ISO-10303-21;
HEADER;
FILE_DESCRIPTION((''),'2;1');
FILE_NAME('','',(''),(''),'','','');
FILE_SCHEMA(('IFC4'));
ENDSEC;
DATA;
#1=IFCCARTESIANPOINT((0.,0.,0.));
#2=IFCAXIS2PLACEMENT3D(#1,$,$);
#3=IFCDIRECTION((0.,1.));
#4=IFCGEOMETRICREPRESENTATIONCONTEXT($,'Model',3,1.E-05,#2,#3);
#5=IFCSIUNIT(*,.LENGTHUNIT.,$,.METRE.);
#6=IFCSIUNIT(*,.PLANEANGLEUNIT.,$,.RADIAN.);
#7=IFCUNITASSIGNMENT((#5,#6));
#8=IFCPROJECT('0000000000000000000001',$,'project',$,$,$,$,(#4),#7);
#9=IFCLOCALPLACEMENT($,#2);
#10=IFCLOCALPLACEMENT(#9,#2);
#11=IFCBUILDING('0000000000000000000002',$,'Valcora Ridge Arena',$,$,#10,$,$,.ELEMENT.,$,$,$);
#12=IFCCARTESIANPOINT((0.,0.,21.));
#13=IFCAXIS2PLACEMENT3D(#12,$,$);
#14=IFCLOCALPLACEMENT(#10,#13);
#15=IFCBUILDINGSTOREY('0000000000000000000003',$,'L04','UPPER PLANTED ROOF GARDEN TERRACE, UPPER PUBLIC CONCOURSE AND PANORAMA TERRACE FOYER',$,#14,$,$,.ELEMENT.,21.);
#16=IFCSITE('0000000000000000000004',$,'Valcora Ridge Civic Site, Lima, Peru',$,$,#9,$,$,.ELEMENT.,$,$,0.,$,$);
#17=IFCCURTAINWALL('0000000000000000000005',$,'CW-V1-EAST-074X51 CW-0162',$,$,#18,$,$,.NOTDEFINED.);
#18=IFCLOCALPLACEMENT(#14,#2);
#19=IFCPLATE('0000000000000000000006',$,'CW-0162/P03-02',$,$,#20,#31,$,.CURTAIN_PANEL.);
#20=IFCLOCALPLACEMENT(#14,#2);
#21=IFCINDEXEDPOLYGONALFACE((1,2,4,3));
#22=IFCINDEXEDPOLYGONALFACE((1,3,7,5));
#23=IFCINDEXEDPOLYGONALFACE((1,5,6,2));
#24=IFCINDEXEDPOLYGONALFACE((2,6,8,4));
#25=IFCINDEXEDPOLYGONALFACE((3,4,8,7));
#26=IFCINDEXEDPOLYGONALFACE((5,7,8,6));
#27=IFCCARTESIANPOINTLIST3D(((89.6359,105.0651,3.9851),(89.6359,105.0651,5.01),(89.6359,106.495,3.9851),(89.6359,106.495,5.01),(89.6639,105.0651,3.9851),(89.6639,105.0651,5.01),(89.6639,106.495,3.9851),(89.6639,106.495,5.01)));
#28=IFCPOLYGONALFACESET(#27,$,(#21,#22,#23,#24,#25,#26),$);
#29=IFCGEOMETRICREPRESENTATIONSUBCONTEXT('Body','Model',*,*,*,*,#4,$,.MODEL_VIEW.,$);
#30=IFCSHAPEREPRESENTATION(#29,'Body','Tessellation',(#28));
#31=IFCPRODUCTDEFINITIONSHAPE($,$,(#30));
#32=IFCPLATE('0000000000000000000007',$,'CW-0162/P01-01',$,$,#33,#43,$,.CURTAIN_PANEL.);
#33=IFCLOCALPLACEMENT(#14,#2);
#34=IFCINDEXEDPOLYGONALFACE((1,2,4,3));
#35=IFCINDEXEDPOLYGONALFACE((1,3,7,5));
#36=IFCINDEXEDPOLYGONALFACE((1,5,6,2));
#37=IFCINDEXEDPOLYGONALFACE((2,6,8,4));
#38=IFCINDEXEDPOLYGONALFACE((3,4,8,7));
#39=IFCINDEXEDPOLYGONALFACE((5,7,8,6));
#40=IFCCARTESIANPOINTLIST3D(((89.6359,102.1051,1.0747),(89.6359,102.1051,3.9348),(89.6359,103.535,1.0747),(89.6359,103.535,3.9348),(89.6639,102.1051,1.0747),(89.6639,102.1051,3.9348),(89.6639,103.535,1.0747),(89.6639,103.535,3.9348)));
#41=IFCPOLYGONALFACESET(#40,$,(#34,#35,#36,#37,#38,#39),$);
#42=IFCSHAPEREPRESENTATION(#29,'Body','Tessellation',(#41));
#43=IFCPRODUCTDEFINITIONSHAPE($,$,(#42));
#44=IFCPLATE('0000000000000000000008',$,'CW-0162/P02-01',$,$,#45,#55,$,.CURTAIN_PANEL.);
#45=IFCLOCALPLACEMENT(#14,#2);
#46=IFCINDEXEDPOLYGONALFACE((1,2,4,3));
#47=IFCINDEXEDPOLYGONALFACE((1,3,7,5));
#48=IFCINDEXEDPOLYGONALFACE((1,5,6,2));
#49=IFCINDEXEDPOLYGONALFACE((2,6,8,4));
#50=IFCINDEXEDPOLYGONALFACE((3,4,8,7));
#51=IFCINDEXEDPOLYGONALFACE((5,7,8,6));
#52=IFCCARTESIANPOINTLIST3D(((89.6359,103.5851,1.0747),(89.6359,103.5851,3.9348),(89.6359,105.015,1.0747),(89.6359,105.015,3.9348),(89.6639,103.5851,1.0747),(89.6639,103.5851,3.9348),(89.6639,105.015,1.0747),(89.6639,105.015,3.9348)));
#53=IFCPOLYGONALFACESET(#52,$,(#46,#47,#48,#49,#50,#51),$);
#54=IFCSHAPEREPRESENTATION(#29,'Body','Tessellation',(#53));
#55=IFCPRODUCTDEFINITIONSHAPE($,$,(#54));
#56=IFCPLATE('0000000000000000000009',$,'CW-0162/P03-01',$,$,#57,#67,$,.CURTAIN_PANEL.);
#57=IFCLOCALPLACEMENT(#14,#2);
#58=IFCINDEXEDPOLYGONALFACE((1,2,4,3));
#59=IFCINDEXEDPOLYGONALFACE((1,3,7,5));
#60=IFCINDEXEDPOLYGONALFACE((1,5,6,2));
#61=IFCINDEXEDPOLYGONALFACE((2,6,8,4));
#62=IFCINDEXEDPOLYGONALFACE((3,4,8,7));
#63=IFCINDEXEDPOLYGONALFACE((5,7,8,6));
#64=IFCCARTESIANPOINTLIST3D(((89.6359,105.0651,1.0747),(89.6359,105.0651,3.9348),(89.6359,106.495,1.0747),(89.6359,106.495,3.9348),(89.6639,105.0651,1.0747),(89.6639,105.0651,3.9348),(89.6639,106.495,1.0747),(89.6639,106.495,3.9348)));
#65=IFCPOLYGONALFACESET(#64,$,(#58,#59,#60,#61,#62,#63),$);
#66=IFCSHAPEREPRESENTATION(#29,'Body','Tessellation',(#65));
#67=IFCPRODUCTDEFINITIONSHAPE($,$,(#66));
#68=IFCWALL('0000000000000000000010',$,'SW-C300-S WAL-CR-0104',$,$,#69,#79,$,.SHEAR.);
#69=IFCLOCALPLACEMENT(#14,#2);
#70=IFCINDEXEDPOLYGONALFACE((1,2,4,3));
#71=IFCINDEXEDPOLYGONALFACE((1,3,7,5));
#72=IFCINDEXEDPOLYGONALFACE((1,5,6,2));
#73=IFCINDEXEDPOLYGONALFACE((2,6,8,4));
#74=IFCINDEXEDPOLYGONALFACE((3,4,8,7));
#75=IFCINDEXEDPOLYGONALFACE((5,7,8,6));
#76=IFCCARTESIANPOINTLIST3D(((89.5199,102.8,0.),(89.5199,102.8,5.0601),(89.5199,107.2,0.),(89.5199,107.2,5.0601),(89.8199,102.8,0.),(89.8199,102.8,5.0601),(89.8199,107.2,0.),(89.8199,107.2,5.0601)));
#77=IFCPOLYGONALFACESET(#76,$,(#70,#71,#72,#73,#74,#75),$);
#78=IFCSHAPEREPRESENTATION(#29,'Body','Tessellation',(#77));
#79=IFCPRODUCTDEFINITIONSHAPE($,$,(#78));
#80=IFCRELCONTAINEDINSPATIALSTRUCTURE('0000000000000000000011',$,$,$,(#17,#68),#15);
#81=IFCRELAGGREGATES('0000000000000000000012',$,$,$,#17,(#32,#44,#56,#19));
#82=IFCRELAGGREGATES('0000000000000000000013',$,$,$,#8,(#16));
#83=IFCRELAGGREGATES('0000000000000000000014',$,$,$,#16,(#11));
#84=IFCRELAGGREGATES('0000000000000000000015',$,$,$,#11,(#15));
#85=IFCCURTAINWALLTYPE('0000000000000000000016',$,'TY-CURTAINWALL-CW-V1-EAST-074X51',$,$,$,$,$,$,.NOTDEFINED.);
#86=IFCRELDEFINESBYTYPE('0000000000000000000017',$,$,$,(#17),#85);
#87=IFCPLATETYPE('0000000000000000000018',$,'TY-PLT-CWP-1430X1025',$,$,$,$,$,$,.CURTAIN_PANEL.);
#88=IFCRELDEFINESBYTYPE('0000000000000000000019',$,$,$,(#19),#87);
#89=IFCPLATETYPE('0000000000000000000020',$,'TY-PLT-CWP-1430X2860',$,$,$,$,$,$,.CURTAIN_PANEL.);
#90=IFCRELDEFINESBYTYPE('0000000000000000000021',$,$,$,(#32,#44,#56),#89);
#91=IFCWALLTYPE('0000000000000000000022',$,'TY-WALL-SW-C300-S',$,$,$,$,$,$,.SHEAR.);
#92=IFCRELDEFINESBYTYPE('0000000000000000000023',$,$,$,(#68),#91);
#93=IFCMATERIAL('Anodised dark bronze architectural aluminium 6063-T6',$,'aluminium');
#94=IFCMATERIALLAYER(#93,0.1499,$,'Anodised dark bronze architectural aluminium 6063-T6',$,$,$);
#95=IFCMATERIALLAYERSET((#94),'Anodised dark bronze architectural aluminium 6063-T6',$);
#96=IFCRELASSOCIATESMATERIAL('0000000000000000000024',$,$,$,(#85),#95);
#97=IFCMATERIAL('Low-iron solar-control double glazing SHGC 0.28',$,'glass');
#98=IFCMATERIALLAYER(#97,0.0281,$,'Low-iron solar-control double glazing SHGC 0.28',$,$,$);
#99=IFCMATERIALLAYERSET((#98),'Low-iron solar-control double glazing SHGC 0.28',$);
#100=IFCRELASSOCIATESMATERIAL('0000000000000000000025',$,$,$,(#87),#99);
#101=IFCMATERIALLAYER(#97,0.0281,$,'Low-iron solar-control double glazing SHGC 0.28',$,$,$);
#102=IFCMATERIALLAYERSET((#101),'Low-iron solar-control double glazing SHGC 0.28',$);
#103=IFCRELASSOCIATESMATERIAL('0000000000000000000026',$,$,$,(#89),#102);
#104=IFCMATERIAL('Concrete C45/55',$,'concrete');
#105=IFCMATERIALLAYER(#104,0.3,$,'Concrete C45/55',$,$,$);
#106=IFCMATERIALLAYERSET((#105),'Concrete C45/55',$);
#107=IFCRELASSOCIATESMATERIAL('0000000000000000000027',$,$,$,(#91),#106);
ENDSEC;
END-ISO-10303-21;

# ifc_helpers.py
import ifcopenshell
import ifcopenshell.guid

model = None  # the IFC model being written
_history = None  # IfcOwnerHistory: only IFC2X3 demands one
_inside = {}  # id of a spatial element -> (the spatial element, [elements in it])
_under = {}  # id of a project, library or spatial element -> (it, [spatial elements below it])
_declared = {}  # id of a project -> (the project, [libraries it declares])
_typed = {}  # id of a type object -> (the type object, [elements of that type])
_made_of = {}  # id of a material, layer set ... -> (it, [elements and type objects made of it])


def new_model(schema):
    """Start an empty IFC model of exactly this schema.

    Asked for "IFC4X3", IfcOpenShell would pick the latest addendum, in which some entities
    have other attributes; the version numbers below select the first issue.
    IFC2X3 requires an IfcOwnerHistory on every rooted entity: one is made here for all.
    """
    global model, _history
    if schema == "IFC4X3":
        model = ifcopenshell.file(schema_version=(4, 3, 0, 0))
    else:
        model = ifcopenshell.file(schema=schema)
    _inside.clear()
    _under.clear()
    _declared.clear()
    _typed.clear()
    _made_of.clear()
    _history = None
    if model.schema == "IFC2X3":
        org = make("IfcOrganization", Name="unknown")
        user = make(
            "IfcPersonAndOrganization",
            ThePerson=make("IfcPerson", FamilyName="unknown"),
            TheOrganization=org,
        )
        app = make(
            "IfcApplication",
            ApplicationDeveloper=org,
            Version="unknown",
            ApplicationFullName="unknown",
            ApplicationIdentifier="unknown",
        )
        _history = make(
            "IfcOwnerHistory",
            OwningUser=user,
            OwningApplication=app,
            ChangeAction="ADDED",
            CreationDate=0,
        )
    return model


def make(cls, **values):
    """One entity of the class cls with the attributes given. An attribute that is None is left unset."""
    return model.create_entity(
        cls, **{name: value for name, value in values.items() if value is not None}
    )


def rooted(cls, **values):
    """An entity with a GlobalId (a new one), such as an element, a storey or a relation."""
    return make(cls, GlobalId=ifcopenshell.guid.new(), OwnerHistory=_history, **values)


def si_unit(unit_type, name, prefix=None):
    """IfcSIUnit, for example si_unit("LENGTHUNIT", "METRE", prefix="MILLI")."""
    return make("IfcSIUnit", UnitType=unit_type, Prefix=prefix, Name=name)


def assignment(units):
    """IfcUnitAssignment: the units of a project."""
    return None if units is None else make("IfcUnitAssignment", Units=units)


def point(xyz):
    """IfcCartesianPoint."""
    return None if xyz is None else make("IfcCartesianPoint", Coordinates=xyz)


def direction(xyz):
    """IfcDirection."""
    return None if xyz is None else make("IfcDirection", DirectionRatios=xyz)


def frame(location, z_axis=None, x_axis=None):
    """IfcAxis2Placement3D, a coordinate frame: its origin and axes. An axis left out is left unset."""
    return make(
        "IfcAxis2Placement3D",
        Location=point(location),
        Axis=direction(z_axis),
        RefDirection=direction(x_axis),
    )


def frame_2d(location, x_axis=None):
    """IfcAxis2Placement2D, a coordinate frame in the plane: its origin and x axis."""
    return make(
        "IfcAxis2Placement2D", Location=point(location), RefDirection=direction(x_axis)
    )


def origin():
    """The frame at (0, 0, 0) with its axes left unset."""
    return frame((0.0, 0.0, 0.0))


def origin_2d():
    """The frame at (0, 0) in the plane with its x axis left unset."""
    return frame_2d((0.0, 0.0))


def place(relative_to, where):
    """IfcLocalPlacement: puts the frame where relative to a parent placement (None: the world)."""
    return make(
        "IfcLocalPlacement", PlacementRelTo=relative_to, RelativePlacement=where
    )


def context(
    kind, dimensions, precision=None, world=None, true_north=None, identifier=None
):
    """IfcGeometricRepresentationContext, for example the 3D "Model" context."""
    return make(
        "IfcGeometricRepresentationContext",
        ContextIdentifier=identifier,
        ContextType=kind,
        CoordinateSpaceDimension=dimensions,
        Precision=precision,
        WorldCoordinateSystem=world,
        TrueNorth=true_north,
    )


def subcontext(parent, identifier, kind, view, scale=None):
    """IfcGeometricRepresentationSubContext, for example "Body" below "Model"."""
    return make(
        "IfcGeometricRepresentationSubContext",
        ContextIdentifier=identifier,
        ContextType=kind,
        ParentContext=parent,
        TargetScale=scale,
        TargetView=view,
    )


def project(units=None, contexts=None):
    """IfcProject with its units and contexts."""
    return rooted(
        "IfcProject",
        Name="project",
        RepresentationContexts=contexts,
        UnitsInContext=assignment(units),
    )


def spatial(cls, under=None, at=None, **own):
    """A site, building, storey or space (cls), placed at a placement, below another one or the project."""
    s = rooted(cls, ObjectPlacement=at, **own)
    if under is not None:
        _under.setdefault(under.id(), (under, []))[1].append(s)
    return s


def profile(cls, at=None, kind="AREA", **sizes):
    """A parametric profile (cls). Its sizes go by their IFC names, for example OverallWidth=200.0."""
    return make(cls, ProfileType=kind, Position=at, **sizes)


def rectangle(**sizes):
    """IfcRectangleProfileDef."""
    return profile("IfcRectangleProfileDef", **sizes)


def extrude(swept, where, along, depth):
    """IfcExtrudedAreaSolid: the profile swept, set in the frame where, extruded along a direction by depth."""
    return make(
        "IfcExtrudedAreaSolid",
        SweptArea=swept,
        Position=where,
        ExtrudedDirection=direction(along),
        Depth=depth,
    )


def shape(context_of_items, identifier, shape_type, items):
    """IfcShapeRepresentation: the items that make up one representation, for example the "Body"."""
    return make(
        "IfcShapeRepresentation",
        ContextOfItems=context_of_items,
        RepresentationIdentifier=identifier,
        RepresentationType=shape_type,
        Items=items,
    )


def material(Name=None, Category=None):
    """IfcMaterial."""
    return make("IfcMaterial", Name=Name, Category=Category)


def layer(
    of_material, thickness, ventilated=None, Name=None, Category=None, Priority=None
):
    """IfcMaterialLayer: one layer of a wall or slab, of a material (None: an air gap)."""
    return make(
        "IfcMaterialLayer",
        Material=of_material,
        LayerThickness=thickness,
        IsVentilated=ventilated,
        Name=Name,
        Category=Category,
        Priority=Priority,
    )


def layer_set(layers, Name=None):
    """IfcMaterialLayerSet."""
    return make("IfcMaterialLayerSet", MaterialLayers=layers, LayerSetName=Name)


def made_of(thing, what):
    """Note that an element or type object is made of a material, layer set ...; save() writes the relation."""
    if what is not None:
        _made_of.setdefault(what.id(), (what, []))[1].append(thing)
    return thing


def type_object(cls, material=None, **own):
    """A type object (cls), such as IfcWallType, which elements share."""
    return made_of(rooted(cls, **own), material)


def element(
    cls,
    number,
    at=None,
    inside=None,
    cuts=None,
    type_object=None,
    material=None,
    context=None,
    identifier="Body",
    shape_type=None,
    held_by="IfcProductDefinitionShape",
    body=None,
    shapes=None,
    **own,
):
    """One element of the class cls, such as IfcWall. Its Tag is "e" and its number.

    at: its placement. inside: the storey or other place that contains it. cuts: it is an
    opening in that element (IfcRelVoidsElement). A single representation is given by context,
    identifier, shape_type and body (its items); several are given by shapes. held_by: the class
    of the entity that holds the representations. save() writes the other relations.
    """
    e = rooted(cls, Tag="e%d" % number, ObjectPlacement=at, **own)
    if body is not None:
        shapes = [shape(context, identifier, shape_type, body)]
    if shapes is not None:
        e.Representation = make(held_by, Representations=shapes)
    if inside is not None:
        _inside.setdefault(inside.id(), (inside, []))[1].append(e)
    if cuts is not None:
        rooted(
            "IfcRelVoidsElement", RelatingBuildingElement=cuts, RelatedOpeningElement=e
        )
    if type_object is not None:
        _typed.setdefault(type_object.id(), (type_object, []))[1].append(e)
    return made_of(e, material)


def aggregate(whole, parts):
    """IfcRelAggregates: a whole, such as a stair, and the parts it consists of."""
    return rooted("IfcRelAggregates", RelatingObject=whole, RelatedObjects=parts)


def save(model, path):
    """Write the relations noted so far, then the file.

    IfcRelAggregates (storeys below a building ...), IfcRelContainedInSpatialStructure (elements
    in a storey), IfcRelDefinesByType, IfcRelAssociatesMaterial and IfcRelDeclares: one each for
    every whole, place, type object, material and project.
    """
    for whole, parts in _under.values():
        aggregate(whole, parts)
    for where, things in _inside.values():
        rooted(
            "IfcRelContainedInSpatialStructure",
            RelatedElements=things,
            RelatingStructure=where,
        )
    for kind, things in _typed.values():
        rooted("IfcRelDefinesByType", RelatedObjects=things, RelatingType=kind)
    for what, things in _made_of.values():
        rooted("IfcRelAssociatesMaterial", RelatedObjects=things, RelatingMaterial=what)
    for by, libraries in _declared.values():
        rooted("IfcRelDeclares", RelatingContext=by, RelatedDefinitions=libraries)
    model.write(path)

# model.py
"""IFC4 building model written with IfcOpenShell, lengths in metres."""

from ifc_helpers import new_model, si_unit, direction, frame, frame_2d, origin, origin_2d, place, context, subcontext, project, spatial, rectangle, extrude, material, layer, layer_set, type_object, element, aggregate, save


model = new_model("IFC4")

# Units and contexts
model_context = context("Model", 3, precision=1e-05, world=origin(), true_north=direction((0.0, 1.0)))
body_context = subcontext(model_context, "Body", "Model", "MODEL_VIEW")
ifc_project = project(units=[si_unit("LENGTHUNIT", "METRE"), si_unit("PLANEANGLEUNIT", "RADIAN")], contexts=[model_context])

# Site, building, storey
site_placement = place(None, origin())
site = spatial("IfcSite", under=ifc_project, at=site_placement, Name="Valcora Ridge Civic Site, Lima, Peru", CompositionType="ELEMENT", RefElevation=0.0)
building_placement = place(site_placement, origin())
building = spatial("IfcBuilding", under=site, at=building_placement, Name="Valcora Ridge Arena", CompositionType="ELEMENT")
storey_placement = place(building_placement, frame((0.0, 0.0, 21.0)))
storey = spatial("IfcBuildingStorey", under=building, at=storey_placement, Name="L04", Description="UPPER PLANTED ROOF GARDEN TERRACE, UPPER PUBLIC CONCOURSE AND PANORAMA TERRACE FOYER", CompositionType="ELEMENT", Elevation=21.0)

# Curtain wall
ifc_material_1 = material(Name="Anodised dark bronze architectural aluminium 6063-T6", Category="aluminium")
ifc_layer_1 = layer(ifc_material_1, 0.1499, Name="Anodised dark bronze architectural aluminium 6063-T6")
ifc_layer_set_1 = layer_set([ifc_layer_1], Name="Anodised dark bronze architectural aluminium 6063-T6")
curtain_wall_type_1 = type_object("IfcCurtainWallType", Name="TY-CURTAINWALL-CW-V1-EAST-074X51", PredefinedType="NOTDEFINED", material=ifc_layer_set_1)
curtain_wall_1_placement = place(storey_placement, origin())
curtain_wall_1 = element("IfcCurtainWall", 1, at=curtain_wall_1_placement, inside=storey, type_object=curtain_wall_type_1, Name="CW-V1-EAST-074X51 CW-0162", PredefinedType="NOTDEFINED")

# Plates
ifc_material_2 = material(Name="Low-iron solar-control double glazing SHGC 0.28", Category="glass")
ifc_layer_2 = layer(ifc_material_2, 0.0281, Name="Low-iron solar-control double glazing SHGC 0.28")
ifc_layer_set_2 = layer_set([ifc_layer_2], Name="Low-iron solar-control double glazing SHGC 0.28")
plate_type_1 = type_object("IfcPlateType", Name="TY-PLT-CWP-1430X1025", PredefinedType="CURTAIN_PANEL", material=ifc_layer_set_2)
plate_1_placement = place(storey_placement, frame((89.6499, 105.78, 3.9851), z_axis=(0.0, 0.0, 1.0), x_axis=(0.0, 1.0, 0.0)))
plate_1 = element("IfcPlate", 2, at=plate_1_placement, type_object=plate_type_1, Name="CW-0162/P03-02", PredefinedType="CURTAIN_PANEL", context=body_context, shape_type="SweptSolid", body=[
    extrude(rectangle(XDim=1.4299, YDim=0.0281, at=origin_2d()), origin(), (0.0, 0.0, 1.0), 1.0249),
])
ifc_layer_3 = layer(ifc_material_2, 0.0281, Name="Low-iron solar-control double glazing SHGC 0.28")
ifc_layer_set_3 = layer_set([ifc_layer_3], Name="Low-iron solar-control double glazing SHGC 0.28")
plate_type_2 = type_object("IfcPlateType", Name="TY-PLT-CWP-1430X2860", PredefinedType="CURTAIN_PANEL", material=ifc_layer_set_3)
plate_2_placement = place(storey_placement, frame((89.6499, 102.8201, 1.0747), z_axis=(0.0, 0.0, 1.0), x_axis=(0.0, 1.0, 0.0)))
plate_2 = element("IfcPlate", 3, at=plate_2_placement, type_object=plate_type_2, Name="CW-0162/P01-01", PredefinedType="CURTAIN_PANEL", context=body_context, shape_type="SweptSolid", body=[
    extrude(rectangle(XDim=1.4299, YDim=0.0281, at=origin_2d()), origin(), (0.0, 0.0, 1.0), 2.8601),
])
plate_3_placement = place(storey_placement, frame((89.6499, 104.3, 1.0747), z_axis=(0.0, 0.0, 1.0), x_axis=(0.0, 1.0, 0.0)))
plate_3 = element("IfcPlate", 4, at=plate_3_placement, type_object=plate_type_2, Name="CW-0162/P02-01", PredefinedType="CURTAIN_PANEL", context=body_context, shape_type="SweptSolid", body=[
    extrude(rectangle(XDim=1.4299, YDim=0.0281, at=origin_2d()), origin(), (0.0, 0.0, 1.0), 2.8601),
])
plate_4_placement = place(storey_placement, frame((89.6499, 105.78, 1.0747), z_axis=(0.0, 0.0, 1.0), x_axis=(0.0, 1.0, 0.0)))
plate_4 = element("IfcPlate", 5, at=plate_4_placement, type_object=plate_type_2, Name="CW-0162/P03-01", PredefinedType="CURTAIN_PANEL", context=body_context, shape_type="SweptSolid", body=[
    extrude(rectangle(XDim=1.4299, YDim=0.0281, at=origin_2d()), origin(), (0.0, 0.0, 1.0), 2.8601),
])
aggregate(curtain_wall_1, [plate_2, plate_3, plate_4, plate_1])

# Wall
ifc_material_3 = material(Name="Concrete C45/55", Category="concrete")
ifc_layer_4 = layer(ifc_material_3, 0.3, Name="Concrete C45/55")
ifc_layer_set_4 = layer_set([ifc_layer_4], Name="Concrete C45/55")
wall_type = type_object("IfcWallType", Name="TY-WALL-SW-C300-S", PredefinedType="SHEAR", material=ifc_layer_set_4)
wall_placement = place(storey_placement, frame((89.6699, 102.8, 0.0), z_axis=(0.0, 0.0, 1.0), x_axis=(0.0, 1.0, 0.0)))
element("IfcWall", 6, at=wall_placement, inside=storey, type_object=wall_type, Name="SW-C300-S WAL-CR-0104", PredefinedType="SHEAR", context=body_context, shape_type="SweptSolid", body=[
    extrude(rectangle(XDim=4.3999, YDim=0.3, at=frame_2d((2.2, 0.0))), origin(), (0.0, 0.0, 1.0), 5.0601),
])

save(model, "model.ifc")
